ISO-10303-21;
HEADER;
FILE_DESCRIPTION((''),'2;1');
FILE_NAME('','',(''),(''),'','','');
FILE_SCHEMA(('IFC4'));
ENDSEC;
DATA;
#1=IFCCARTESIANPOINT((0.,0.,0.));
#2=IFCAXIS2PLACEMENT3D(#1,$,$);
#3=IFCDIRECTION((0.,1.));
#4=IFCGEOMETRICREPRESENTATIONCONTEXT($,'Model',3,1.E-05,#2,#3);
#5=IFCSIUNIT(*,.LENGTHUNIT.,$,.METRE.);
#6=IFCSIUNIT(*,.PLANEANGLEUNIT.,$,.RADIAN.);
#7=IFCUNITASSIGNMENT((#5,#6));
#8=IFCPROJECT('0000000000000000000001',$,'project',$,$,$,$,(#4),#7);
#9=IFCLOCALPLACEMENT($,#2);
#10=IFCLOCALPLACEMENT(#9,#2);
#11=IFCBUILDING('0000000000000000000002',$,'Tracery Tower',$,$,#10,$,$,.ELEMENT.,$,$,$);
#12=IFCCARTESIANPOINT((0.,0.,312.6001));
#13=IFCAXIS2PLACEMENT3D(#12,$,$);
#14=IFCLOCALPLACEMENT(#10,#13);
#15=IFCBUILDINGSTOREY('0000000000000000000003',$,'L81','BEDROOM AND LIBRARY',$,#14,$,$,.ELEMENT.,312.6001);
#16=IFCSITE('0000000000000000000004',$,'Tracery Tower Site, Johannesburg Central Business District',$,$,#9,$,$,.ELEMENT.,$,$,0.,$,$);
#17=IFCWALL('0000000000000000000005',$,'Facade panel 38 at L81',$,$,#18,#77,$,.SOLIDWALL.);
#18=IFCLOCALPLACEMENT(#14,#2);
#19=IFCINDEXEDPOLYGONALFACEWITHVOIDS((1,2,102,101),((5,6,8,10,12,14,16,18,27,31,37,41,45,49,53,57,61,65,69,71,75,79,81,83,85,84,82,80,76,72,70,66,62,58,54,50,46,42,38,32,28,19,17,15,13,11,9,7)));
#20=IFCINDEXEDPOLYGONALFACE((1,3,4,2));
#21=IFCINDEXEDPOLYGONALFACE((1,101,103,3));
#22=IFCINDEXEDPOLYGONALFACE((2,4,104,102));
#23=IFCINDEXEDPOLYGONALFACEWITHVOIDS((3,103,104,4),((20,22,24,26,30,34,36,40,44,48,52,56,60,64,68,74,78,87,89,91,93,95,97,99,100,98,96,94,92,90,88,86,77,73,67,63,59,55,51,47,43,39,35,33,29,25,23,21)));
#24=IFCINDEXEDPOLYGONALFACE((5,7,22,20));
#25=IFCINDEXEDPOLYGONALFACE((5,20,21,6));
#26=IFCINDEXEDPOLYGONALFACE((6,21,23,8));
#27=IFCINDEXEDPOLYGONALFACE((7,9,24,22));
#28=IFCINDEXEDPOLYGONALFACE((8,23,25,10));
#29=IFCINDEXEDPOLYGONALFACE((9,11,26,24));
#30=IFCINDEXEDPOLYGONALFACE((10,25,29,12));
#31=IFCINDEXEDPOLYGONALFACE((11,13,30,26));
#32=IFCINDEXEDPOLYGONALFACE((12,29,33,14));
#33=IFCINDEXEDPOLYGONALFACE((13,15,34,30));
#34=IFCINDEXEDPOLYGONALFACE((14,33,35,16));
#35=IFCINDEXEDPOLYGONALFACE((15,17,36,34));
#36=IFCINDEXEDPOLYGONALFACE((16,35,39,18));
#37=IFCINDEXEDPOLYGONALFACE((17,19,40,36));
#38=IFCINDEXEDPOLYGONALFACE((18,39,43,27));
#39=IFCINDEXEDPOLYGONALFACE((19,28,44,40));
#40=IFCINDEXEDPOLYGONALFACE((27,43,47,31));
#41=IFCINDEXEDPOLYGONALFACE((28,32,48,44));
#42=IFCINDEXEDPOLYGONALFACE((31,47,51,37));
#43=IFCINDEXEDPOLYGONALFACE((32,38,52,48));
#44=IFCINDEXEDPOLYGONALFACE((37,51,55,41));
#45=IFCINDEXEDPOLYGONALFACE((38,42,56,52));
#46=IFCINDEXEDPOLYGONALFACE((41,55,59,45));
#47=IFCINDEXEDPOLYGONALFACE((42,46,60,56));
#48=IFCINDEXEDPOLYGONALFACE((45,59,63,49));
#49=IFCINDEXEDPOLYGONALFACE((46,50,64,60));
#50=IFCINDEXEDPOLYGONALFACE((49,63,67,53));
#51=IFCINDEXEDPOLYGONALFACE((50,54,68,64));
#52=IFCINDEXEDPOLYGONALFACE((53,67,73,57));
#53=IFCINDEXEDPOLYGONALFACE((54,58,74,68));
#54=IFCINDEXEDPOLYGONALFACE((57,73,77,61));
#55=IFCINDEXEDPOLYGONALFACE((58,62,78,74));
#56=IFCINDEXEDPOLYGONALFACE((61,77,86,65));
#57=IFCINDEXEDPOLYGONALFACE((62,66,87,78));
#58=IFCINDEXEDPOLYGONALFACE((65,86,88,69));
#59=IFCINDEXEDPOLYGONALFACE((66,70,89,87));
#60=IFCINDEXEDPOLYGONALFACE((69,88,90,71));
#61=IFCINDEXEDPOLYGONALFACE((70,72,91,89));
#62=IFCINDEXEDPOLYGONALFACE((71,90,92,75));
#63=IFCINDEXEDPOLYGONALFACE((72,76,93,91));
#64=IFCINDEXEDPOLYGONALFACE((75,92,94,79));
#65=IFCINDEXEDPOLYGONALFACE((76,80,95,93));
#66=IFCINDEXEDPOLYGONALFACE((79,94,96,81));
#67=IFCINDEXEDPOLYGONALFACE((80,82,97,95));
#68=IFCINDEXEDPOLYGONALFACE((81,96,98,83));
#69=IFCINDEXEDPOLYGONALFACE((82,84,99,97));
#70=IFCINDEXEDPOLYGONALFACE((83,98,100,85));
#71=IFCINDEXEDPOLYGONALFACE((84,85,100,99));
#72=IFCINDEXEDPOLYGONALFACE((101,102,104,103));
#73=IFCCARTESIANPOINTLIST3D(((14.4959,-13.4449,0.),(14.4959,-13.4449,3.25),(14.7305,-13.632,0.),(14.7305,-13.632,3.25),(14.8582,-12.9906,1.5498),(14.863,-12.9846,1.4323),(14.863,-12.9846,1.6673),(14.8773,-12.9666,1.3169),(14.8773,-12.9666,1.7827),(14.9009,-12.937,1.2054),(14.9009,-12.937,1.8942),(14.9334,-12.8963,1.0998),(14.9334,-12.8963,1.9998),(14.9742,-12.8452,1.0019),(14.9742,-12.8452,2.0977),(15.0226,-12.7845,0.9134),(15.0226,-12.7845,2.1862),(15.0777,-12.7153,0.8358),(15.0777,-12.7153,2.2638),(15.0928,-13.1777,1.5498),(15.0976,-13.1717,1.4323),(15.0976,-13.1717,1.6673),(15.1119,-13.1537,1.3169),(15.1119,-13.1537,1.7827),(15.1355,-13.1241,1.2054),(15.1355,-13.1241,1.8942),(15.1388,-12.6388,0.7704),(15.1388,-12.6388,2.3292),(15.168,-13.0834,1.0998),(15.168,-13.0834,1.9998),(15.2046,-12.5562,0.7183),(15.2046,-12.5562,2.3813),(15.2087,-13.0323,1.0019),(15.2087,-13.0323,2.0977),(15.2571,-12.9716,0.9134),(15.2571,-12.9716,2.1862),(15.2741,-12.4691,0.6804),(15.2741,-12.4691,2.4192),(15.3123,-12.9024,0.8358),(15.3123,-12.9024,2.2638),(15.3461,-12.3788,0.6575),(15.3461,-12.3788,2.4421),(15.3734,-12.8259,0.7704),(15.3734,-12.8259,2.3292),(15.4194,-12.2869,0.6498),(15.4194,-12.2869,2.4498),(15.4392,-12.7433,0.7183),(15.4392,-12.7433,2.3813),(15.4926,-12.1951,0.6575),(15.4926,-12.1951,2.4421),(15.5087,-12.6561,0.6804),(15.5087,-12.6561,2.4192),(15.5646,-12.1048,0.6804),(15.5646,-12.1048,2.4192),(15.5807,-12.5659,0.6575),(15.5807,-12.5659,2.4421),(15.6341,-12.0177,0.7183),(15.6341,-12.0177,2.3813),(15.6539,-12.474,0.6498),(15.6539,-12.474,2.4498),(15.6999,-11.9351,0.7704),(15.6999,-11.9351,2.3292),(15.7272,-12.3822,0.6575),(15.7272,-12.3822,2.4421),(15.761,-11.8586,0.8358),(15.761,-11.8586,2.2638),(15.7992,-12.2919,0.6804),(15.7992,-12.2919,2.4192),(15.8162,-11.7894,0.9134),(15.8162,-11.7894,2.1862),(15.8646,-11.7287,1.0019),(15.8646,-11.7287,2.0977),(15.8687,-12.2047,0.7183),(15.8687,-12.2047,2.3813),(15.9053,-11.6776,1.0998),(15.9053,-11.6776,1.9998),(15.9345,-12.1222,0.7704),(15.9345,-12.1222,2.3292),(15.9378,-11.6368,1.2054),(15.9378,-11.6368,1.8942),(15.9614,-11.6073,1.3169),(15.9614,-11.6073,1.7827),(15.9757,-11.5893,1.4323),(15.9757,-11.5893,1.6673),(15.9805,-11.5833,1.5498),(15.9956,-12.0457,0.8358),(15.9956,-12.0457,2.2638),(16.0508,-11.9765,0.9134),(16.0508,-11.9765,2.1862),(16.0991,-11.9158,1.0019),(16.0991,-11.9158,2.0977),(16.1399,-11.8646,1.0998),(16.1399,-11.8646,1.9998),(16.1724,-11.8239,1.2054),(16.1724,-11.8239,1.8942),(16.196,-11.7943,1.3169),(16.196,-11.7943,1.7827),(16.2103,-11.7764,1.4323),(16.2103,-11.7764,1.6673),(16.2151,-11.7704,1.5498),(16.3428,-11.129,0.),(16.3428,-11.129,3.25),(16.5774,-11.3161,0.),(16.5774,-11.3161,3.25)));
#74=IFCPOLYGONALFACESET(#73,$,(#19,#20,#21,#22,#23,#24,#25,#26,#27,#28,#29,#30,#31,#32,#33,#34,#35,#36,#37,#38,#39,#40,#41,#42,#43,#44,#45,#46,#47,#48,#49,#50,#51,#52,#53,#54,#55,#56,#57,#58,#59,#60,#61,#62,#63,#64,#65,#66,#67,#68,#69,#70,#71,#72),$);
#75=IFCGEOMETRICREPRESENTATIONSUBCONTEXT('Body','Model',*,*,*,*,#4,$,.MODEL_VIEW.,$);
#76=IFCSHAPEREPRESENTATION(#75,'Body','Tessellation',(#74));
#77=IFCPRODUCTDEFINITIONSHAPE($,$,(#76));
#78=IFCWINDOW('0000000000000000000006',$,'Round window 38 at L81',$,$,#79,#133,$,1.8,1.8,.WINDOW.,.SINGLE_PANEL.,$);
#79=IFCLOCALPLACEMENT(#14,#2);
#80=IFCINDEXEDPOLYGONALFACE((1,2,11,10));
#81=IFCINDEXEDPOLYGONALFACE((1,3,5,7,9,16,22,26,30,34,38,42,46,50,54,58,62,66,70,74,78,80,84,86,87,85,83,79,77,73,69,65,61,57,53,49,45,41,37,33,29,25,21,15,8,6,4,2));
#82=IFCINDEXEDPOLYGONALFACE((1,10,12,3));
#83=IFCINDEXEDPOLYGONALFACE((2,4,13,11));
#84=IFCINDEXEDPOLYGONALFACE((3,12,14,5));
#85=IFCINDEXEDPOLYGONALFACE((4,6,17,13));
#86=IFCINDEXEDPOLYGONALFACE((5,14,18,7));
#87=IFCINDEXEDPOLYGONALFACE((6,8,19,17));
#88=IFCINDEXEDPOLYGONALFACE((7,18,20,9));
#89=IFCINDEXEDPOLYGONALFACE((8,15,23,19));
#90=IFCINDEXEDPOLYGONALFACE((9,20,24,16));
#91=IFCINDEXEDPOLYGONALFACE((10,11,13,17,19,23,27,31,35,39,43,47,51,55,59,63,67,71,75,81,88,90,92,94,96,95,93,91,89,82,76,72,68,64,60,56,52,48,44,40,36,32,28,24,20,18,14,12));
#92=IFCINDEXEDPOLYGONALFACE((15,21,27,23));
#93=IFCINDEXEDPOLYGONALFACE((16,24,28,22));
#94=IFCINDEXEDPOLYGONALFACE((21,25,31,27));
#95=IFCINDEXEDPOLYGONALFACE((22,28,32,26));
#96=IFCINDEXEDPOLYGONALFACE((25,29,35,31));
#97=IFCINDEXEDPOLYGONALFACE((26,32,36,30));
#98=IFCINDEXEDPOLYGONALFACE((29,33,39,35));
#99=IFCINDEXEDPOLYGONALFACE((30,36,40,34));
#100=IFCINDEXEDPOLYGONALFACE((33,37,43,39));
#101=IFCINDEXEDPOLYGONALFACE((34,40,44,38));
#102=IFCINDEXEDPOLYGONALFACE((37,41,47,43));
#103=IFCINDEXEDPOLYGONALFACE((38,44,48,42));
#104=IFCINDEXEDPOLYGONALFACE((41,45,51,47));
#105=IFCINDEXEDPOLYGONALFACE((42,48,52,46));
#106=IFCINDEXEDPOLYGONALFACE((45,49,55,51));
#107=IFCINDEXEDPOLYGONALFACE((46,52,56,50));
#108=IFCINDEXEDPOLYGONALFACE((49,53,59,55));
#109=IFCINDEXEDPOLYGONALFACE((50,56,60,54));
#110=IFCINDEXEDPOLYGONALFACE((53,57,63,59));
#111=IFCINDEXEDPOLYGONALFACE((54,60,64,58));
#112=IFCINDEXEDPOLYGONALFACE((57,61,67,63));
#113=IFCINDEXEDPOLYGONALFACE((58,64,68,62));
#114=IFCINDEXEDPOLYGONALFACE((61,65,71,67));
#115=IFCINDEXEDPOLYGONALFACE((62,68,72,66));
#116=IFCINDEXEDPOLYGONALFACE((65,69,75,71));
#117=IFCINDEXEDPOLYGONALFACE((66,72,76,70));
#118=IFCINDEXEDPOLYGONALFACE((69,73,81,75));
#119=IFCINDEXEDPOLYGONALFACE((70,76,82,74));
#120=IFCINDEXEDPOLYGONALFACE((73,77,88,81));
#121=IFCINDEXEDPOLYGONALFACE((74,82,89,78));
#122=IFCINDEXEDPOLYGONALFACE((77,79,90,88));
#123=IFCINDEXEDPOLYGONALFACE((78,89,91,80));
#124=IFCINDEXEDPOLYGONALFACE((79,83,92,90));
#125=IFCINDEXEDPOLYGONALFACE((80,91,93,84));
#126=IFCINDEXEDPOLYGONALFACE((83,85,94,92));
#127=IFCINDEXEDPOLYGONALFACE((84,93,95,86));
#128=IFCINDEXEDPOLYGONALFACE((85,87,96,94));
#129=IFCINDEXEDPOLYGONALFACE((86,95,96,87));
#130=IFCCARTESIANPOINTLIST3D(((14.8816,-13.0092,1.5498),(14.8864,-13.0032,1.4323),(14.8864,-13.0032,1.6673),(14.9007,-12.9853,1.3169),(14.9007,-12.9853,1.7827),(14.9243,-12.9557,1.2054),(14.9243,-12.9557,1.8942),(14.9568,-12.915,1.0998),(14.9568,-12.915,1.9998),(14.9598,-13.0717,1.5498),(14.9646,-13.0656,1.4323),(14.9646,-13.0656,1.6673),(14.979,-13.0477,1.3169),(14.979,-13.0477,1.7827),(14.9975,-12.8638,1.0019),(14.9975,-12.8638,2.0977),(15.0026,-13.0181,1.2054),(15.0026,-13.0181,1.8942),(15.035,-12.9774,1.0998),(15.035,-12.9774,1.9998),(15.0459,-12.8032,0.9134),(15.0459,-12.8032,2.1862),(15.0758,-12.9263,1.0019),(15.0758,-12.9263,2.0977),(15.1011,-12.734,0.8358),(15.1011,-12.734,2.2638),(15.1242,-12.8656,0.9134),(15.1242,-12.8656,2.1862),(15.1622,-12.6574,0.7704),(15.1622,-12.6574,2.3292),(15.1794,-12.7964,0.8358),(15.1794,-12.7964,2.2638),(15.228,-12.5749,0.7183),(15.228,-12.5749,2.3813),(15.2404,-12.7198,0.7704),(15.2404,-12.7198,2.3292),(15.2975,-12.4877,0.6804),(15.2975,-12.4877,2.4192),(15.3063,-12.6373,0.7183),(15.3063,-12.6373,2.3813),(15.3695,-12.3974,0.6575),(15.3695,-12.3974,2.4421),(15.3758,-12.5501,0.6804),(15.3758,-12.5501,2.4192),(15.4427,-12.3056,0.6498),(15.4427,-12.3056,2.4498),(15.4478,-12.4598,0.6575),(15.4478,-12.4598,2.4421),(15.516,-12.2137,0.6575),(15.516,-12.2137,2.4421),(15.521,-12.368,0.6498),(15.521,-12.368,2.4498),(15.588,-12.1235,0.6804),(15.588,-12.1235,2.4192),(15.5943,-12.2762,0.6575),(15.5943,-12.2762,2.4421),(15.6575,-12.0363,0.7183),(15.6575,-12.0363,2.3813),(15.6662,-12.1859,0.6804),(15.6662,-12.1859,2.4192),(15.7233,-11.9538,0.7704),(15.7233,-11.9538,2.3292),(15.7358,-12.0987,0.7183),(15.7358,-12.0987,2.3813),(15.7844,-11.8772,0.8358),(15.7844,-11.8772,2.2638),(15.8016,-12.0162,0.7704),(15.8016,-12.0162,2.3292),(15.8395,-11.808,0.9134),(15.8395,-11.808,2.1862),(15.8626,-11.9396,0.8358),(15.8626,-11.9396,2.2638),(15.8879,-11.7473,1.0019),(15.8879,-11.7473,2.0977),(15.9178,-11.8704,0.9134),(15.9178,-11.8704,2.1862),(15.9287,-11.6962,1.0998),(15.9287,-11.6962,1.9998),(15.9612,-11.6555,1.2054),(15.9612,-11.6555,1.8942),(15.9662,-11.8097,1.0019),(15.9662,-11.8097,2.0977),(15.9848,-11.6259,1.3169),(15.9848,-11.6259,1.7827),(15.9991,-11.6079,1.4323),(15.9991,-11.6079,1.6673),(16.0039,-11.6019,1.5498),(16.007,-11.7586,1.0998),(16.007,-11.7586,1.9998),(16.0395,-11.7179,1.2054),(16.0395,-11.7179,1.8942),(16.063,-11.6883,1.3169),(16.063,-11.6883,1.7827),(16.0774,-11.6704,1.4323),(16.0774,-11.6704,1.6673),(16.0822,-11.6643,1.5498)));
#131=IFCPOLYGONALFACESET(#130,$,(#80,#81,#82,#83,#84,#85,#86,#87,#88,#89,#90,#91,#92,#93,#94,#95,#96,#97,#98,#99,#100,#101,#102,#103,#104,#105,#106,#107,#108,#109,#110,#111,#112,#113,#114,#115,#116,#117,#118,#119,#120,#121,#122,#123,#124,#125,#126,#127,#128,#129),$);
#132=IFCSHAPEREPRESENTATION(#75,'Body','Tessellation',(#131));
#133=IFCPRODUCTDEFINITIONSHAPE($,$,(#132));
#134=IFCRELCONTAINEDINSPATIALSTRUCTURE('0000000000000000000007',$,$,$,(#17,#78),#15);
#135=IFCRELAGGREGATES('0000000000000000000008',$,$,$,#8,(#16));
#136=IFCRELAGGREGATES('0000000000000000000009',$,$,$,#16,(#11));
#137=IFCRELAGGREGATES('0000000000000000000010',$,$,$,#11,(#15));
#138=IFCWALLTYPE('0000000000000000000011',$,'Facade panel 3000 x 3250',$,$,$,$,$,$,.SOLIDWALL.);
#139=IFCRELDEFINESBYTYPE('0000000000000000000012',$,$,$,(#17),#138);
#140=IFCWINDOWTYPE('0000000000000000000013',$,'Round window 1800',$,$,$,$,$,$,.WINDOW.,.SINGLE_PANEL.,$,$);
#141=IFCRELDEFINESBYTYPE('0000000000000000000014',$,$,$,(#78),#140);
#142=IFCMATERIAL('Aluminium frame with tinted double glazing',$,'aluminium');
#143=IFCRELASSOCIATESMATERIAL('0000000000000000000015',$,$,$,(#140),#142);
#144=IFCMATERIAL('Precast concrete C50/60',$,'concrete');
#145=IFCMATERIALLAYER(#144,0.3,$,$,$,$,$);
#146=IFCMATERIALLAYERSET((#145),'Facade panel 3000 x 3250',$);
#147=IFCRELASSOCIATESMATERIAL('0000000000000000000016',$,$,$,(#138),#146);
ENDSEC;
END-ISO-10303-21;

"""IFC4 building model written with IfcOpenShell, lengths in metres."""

from ifc_helpers import new_model, si_unit, direction, frame, frame_2d, origin, origin_2d, place, context, subcontext, project, spatial, rectangle, circle, extrude, material, layer, layer_set, type_object, element, fill, save


model = new_model("IFC4")

# Units and contexts
model_context = context("Model", 3, precision=1e-05, world=origin(), true_north=direction((0.0, 1.0)))
body_context = subcontext(model_context, "Body", "Model", "MODEL_VIEW")
ifc_project = project(units=[si_unit("LENGTHUNIT", "METRE"), si_unit("PLANEANGLEUNIT", "RADIAN")], contexts=[model_context])

# Site, building, storey
site_placement = place(None, origin())
site = spatial("IfcSite", under=ifc_project, at=site_placement, Name="Tracery Tower Site, Johannesburg Central Business District", CompositionType="ELEMENT", RefElevation=0.0)
building_placement = place(site_placement, origin())
building = spatial("IfcBuilding", under=site, at=building_placement, Name="Tracery Tower", CompositionType="ELEMENT")
storey_placement = place(building_placement, frame((0.0, 0.0, 312.6001)))
storey = spatial("IfcBuildingStorey", under=building, at=storey_placement, Name="L81", Description="BEDROOM AND LIBRARY", CompositionType="ELEMENT", Elevation=312.6001)

# Wall, opening, window
ifc_material_1 = material(Name="Aluminium frame with tinted double glazing", Category="aluminium")
window_type = type_object("IfcWindowType", Name="Round window 1800", PartitioningType="SINGLE_PANEL", PredefinedType="WINDOW", material=ifc_material_1)
ifc_material_2 = material(Name="Precast concrete C50/60", Category="concrete")
ifc_layer_1 = layer(ifc_material_2, 0.3)
ifc_layer_set_1 = layer_set([ifc_layer_1], Name="Facade panel 3000 x 3250")
wall_type_1 = type_object("IfcWallType", Name="Facade panel 3000 x 3250", PredefinedType="SOLIDWALL", material=ifc_layer_set_1)
wall_1_placement = place(storey_placement, frame((14.6133, -13.5383, 0.0), z_axis=(0.0, 0.0, 1.0), x_axis=(0.623498, 0.781825, 0.0)))
wall_1 = element("IfcWall", 1, at=wall_1_placement, inside=storey, type_object=wall_type_1, Name="Facade panel 38 at L81", PredefinedType="SOLIDWALL", context=body_context, shape_type="SweptSolid", body=[
    extrude(rectangle(XDim=2.9622, YDim=0.3, at=frame_2d((1.481, 0.0))), origin(), (0.0, 0.0, 1.0), 3.25),
])
opening_1_placement = place(wall_1_placement, frame((1.481, 0.0, 1.5498)))
opening_1 = element("IfcOpeningElement", 2, at=opening_1_placement, cuts=wall_1, PredefinedType="OPENING", context=body_context, shape_type="SweptSolid", body=[
    extrude(circle(Radius=0.9, at=origin_2d()), frame((0.0, 0.1599, 0.0), z_axis=(0.0, -1.0, 0.0), x_axis=(1.0, 0.0, 0.0)), (0.0, 0.0, 1.0), 0.3201),
])
window_1_placement = place(opening_1_placement, origin())
window_1 = element("IfcWindow", 3, at=window_1_placement, inside=storey, type_object=window_type, Name="Round window 38 at L81", OverallHeight=1.8, OverallWidth=1.8, PartitioningType="SINGLE_PANEL", PredefinedType="WINDOW", context=body_context, shape_type="SweptSolid", body=[
    extrude(circle(Radius=0.9, at=origin_2d()), frame((0.0, 0.1201, 0.0), z_axis=(0.0, -1.0, 0.0), x_axis=(1.0, 0.0, 0.0)), (0.0, 0.0, 1.0), 0.1001),
])
fill(opening_1, window_1)

save(model, "model.ifc")
